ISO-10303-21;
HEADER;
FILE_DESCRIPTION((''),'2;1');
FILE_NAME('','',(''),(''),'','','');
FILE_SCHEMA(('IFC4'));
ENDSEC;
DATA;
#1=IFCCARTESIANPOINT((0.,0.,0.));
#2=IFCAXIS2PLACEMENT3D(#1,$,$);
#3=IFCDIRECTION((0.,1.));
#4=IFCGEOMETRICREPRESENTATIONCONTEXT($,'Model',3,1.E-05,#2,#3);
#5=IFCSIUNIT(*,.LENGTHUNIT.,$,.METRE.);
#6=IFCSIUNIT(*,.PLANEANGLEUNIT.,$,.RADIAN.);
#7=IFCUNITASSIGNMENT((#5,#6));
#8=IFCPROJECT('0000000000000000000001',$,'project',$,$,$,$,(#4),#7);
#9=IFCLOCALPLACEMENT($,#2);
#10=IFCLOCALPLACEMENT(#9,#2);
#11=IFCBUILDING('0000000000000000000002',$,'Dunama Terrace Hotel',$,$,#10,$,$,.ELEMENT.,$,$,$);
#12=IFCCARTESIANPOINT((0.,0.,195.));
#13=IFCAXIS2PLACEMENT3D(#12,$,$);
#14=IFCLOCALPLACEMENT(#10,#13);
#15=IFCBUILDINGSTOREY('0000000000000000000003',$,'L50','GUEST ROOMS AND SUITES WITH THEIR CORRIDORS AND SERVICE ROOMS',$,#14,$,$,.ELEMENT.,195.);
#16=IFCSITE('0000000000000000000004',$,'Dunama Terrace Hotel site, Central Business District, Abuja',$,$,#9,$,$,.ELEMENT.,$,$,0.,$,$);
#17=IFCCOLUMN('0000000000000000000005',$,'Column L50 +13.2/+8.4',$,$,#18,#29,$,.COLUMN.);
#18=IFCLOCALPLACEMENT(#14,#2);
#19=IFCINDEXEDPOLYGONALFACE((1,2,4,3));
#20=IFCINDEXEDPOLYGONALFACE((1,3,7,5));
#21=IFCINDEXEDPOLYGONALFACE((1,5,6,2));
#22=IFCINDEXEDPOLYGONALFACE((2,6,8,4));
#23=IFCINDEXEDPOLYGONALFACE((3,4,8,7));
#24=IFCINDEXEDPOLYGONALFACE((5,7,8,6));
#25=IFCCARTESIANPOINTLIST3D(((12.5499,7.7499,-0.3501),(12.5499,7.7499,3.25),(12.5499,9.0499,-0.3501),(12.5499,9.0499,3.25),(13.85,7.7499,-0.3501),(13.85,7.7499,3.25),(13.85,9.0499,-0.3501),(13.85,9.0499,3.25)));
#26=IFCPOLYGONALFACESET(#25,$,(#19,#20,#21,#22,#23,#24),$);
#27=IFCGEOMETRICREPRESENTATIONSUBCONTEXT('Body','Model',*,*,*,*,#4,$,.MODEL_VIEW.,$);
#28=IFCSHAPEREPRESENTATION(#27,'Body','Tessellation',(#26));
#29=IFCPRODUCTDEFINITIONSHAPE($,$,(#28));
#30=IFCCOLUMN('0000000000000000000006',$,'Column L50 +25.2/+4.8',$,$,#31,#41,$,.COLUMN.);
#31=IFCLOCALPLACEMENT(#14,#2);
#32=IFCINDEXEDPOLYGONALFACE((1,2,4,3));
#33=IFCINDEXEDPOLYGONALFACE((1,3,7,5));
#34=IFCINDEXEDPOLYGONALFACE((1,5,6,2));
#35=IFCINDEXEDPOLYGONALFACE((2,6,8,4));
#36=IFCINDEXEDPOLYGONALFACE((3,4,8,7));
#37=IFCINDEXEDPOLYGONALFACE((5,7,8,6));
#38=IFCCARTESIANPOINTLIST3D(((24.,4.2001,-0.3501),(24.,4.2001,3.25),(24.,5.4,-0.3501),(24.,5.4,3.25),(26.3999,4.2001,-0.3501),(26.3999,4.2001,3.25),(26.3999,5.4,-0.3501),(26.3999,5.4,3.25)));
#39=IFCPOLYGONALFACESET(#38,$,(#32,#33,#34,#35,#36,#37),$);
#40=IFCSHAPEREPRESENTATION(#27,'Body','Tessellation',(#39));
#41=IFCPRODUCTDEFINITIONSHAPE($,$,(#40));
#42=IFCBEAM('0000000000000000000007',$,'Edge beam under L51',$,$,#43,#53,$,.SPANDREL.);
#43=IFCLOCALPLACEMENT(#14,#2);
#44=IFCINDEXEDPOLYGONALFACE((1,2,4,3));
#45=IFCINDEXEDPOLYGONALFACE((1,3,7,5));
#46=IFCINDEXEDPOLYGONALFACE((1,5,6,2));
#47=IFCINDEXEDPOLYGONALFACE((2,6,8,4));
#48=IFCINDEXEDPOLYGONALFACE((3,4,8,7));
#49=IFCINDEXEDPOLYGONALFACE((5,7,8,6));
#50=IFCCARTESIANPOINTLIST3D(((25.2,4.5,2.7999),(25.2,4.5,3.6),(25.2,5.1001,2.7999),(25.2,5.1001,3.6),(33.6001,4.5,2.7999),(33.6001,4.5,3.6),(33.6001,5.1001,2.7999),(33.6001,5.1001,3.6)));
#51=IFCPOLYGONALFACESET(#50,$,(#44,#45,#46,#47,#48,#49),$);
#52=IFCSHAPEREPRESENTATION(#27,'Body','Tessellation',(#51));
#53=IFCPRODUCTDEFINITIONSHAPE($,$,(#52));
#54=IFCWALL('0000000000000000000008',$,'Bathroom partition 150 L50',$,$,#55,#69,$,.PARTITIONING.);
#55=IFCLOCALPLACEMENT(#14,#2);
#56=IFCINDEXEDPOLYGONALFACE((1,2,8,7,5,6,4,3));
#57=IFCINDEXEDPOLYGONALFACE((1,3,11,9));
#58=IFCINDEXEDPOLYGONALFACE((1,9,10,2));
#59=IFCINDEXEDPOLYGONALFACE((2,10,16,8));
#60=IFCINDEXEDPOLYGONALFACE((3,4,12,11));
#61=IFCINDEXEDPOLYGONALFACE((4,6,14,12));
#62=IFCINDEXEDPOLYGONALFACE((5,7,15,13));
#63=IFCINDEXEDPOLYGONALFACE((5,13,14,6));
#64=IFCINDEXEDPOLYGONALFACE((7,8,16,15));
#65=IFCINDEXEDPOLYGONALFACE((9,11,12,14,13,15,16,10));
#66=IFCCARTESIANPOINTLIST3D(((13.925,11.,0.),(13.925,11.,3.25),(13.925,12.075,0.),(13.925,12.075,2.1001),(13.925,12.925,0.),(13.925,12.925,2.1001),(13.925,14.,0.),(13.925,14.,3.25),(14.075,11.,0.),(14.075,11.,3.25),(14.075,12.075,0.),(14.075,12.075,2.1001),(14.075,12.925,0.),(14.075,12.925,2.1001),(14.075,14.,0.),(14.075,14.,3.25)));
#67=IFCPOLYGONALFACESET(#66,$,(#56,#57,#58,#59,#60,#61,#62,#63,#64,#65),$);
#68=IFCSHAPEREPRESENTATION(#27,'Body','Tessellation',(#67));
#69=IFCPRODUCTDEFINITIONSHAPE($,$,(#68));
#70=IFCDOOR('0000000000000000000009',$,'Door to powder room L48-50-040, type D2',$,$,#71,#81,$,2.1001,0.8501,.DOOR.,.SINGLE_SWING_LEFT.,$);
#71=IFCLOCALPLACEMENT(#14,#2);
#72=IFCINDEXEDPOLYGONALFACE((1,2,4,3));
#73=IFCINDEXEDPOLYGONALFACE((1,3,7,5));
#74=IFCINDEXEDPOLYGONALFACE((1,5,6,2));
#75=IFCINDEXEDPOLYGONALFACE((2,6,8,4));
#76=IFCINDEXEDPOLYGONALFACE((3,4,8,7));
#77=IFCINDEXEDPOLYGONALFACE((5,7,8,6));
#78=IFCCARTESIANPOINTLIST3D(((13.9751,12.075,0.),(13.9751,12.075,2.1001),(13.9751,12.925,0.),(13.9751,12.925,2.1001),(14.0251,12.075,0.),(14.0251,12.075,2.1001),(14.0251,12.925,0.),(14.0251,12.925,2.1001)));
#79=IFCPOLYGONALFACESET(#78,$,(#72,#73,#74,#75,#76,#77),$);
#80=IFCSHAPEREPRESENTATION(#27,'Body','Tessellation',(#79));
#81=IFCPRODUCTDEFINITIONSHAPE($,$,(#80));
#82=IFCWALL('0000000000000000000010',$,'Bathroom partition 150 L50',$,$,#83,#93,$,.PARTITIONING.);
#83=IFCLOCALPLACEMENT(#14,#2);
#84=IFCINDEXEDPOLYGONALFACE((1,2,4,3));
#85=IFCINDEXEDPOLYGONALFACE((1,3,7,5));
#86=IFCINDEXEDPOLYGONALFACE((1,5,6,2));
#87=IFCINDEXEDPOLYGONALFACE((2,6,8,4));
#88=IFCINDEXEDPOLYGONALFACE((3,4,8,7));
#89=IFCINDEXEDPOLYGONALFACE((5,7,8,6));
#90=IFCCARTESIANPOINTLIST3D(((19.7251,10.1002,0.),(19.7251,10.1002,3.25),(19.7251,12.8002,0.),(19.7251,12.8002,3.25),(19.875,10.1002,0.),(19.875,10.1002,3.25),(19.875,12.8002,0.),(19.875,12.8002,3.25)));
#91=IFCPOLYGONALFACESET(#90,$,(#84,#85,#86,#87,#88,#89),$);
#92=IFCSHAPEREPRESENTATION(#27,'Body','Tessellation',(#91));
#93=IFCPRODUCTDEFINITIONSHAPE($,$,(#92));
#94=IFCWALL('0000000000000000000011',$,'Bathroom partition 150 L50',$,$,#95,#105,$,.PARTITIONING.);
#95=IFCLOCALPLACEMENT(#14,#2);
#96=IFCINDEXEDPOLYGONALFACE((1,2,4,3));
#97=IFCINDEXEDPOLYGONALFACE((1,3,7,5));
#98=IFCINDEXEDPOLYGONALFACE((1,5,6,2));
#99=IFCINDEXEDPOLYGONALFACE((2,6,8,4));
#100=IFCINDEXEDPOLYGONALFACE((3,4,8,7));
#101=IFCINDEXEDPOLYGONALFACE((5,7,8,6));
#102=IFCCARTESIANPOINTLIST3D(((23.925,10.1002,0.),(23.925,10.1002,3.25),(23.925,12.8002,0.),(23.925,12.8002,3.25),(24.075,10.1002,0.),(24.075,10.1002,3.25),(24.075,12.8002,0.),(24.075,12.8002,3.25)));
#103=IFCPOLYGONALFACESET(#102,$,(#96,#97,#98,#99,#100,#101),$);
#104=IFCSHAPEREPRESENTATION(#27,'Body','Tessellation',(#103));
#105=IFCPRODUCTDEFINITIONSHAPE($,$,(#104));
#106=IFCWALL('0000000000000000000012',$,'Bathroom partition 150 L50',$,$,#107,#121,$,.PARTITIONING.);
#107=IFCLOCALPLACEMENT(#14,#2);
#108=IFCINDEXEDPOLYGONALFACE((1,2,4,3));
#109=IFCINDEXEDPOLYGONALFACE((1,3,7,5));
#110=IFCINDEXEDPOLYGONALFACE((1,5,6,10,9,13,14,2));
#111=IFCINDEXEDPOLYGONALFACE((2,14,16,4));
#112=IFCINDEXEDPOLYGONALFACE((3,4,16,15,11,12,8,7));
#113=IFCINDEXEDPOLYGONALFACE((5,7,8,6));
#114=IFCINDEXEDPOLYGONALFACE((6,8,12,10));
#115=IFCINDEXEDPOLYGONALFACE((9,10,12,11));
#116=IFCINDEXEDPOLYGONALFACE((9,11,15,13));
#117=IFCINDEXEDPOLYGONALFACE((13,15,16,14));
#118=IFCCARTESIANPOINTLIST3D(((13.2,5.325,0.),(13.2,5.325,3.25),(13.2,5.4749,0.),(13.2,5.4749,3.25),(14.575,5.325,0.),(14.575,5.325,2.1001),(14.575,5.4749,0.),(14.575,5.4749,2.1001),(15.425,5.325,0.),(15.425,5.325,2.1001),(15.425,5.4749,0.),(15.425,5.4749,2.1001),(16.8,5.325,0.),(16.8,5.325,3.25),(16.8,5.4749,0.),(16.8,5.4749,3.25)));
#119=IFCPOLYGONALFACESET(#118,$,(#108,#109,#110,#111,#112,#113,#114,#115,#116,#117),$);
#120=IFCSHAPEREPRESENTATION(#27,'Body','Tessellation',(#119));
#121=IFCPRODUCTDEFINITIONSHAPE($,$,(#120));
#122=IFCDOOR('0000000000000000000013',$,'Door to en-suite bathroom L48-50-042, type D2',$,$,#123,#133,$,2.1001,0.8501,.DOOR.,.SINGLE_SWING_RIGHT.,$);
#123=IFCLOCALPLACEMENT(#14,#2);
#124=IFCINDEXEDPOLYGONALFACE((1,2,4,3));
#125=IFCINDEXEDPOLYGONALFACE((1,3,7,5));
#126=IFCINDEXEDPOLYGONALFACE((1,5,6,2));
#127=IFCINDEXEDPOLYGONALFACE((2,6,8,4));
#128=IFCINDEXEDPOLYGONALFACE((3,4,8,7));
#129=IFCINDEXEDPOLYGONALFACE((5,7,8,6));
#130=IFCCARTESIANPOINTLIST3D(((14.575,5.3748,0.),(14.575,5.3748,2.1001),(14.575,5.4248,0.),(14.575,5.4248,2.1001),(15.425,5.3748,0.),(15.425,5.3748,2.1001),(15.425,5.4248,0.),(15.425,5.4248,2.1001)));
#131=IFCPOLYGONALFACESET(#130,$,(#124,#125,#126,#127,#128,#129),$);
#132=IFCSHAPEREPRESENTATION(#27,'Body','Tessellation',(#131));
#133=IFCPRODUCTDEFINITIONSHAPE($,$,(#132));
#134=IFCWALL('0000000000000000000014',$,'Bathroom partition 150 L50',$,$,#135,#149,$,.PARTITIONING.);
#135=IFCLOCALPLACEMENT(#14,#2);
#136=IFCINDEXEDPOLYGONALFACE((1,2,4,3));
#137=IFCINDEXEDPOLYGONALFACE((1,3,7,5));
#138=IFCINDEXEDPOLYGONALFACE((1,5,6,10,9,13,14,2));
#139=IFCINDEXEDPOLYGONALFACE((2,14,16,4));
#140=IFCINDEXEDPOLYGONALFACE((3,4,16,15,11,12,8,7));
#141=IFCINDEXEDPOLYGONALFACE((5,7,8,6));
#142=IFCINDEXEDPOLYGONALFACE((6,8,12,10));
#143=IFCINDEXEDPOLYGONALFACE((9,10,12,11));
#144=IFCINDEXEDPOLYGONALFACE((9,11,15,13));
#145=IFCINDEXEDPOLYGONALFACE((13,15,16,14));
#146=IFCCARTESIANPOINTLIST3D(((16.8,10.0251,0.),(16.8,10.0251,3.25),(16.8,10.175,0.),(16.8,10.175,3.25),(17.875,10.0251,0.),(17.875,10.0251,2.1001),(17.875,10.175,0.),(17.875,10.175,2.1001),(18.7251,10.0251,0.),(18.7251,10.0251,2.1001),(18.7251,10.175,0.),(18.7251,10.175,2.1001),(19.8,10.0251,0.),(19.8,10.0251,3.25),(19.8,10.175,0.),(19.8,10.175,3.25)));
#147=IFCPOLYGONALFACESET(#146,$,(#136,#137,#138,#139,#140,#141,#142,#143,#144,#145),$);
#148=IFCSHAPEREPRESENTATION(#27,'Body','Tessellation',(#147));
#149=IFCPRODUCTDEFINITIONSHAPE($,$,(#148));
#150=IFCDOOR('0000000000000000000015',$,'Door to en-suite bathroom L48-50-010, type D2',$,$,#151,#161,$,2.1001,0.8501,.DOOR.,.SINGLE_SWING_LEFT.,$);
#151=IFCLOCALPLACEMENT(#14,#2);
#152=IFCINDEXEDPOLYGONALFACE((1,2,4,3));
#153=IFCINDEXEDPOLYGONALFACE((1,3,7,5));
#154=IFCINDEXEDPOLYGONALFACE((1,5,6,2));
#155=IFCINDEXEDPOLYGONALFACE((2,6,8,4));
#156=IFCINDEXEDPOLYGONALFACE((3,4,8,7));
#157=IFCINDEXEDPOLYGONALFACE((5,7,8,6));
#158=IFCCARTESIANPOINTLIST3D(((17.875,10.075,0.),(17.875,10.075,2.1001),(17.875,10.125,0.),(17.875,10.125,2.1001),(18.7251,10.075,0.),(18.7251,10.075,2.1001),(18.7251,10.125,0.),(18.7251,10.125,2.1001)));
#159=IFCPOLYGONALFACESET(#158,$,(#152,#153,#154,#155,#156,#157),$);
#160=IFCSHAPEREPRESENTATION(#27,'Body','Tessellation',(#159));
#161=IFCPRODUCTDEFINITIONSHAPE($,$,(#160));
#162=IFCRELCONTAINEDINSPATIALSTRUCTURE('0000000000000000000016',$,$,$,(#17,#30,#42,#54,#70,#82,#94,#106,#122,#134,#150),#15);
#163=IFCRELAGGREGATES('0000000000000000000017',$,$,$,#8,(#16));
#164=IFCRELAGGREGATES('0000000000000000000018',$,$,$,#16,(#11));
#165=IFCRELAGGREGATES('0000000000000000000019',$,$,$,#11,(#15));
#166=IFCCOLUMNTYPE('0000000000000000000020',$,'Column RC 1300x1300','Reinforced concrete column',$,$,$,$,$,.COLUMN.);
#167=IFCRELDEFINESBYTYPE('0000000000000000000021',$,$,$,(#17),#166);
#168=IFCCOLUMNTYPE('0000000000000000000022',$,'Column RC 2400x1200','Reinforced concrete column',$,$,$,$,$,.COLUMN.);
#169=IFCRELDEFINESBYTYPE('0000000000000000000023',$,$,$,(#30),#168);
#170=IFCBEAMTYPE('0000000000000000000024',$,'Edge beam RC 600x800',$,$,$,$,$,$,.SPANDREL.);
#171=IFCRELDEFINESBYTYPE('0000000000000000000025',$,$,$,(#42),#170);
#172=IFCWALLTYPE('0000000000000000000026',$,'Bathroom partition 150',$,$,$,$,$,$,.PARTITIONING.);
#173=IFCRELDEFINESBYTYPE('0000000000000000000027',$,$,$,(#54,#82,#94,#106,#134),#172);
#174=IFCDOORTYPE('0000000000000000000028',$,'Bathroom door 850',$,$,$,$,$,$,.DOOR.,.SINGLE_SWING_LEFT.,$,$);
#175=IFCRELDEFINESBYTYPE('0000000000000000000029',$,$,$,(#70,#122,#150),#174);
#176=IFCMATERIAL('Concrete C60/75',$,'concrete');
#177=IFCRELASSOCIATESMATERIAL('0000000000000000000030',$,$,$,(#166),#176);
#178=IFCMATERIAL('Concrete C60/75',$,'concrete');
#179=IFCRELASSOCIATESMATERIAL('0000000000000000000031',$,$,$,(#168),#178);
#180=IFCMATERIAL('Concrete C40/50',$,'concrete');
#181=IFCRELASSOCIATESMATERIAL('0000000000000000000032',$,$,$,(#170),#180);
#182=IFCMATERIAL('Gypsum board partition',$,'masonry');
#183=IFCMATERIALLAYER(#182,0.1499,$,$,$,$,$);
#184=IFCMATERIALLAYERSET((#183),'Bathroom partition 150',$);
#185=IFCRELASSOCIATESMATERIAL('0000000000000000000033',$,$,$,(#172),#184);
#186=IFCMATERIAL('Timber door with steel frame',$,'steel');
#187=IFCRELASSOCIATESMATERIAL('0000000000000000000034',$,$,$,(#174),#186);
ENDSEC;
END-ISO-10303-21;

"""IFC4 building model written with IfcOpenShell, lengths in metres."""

from ifc_helpers import new_model, si_unit, direction, frame, frame_2d, origin, origin_2d, place, context, subcontext, project, spatial, rectangle, extrude, material, layer, layer_set, material_profile, profile_set, type_object, element, fill, save


model = new_model("IFC4")

# Units and contexts
model_context = context("Model", 3, precision=1e-05, world=origin(), true_north=direction((0.0, 1.0)))
body_context = subcontext(model_context, "Body", "Model", "MODEL_VIEW")
ifc_project = project(units=[si_unit("LENGTHUNIT", "METRE"), si_unit("PLANEANGLEUNIT", "RADIAN")], contexts=[model_context])

# Site, building, storey
site_placement = place(None, origin())
site = spatial("IfcSite", under=ifc_project, at=site_placement, Name="Dunama Terrace Hotel site, Central Business District, Abuja", CompositionType="ELEMENT", RefElevation=0.0)
building_placement = place(site_placement, origin())
building = spatial("IfcBuilding", under=site, at=building_placement, Name="Dunama Terrace Hotel", CompositionType="ELEMENT")
storey_placement = place(building_placement, frame((0.0, 0.0, 195.0)))
storey = spatial("IfcBuildingStorey", under=building, at=storey_placement, Name="L50", Description="GUEST ROOMS AND SUITES WITH THEIR CORRIDORS AND SERVICE ROOMS", CompositionType="ELEMENT", Elevation=195.0)

# Columns
ifc_material_1 = material(Name="Concrete C60/75", Category="concrete")
ifc_material_profile_1 = material_profile(ifc_material_1, rectangle(XDim=1.3, YDim=1.3, at=origin_2d()), Name="RC 1300x1300")
ifc_profile_set_1 = profile_set([ifc_material_profile_1], Name="Concrete C60/75")
column_type_1 = type_object("IfcColumnType", Name="Column RC 1300x1300", Description="Reinforced concrete column", PredefinedType="COLUMN", material=ifc_profile_set_1)
column_1_placement = place(storey_placement, frame((13.2, 8.3999, -0.3501), z_axis=(0.0, 0.0, 1.0), x_axis=(1.0, 0.0, 0.0)))
element("IfcColumn", 1, at=column_1_placement, inside=storey, type_object=column_type_1, Name="Column L50 +13.2/+8.4", PredefinedType="COLUMN", context=body_context, shape_type="SweptSolid", body=[
    extrude(rectangle(XDim=1.3, YDim=1.3, at=origin_2d()), origin(), (0.0, 0.0, 1.0), 3.6001),
])
ifc_material_2 = material(Name="Concrete C60/75", Category="concrete")
ifc_material_profile_2 = material_profile(ifc_material_2, rectangle(XDim=2.3999, YDim=1.2, at=origin_2d()), Name="RC 2400x1200")
ifc_profile_set_2 = profile_set([ifc_material_profile_2], Name="Concrete C60/75")
column_type_2 = type_object("IfcColumnType", Name="Column RC 2400x1200", Description="Reinforced concrete column", PredefinedType="COLUMN", material=ifc_profile_set_2)
column_2_placement = place(storey_placement, frame((25.2, 4.8, -0.3501), z_axis=(0.0, 0.0, 1.0), x_axis=(1.0, 0.0, 0.0)))
element("IfcColumn", 2, at=column_2_placement, inside=storey, type_object=column_type_2, Name="Column L50 +25.2/+4.8", PredefinedType="COLUMN", context=body_context, shape_type="SweptSolid", body=[
    extrude(rectangle(XDim=2.3999, YDim=1.2, at=origin_2d()), origin(), (0.0, 0.0, 1.0), 3.6001),
])

# Beam
ifc_material_3 = material(Name="Concrete C40/50", Category="concrete")
ifc_material_profile_3 = material_profile(ifc_material_3, rectangle(XDim=0.6001, YDim=0.8, at=origin_2d()), Name="RC 600x800")
ifc_profile_set_3 = profile_set([ifc_material_profile_3], Name="Concrete C40/50")
beam_type = type_object("IfcBeamType", Name="Edge beam RC 600x800", PredefinedType="SPANDREL", material=ifc_profile_set_3)
beam_placement = place(storey_placement, frame((25.2, 4.8, 3.2), z_axis=(1.0, 0.0, 0.0), x_axis=(0.0, 1.0, 0.0)))
element("IfcBeam", 3, at=beam_placement, inside=storey, type_object=beam_type, Name="Edge beam under L51", PredefinedType="SPANDREL", context=body_context, shape_type="SweptSolid", body=[
    extrude(rectangle(XDim=0.6001, YDim=0.8, at=origin_2d()), origin(), (0.0, 0.0, 1.0), 8.4001),
])

# Wall, opening, door
ifc_material_4 = material(Name="Gypsum board partition", Category="masonry")
ifc_layer_1 = layer(ifc_material_4, 0.1499)
ifc_layer_set_1 = layer_set([ifc_layer_1], Name="Bathroom partition 150")
wall_type_1 = type_object("IfcWallType", Name="Bathroom partition 150", PredefinedType="PARTITIONING", material=ifc_layer_set_1)
wall_1_placement = place(storey_placement, frame((14.0, 11.0, 0.0), z_axis=(0.0, 0.0, 1.0), x_axis=(0.0, 1.0, 0.0)))
wall_1 = element("IfcWall", 4, at=wall_1_placement, inside=storey, type_object=wall_type_1, Name="Bathroom partition 150 L50", PredefinedType="PARTITIONING", context=body_context, shape_type="SweptSolid", body=[
    extrude(rectangle(XDim=3.0, YDim=0.1499, at=frame_2d((1.5, 0.0))), origin(), (0.0, 0.0, 1.0), 3.25),
])
opening_1_placement = place(wall_1_placement, frame((1.075, 0.0, 0.0)))
opening_1 = element("IfcOpeningElement", 5, at=opening_1_placement, cuts=wall_1, PredefinedType="OPENING", context=body_context, shape_type="SweptSolid", body=[
    extrude(rectangle(XDim=0.8501, YDim=2.1001, at=frame_2d((0.425, 1.05))), frame((0.0, 0.085, 0.0), z_axis=(0.0, -1.0, 0.0), x_axis=(1.0, 0.0, 0.0)), (0.0, 0.0, 1.0), 0.1699),
])
ifc_material_5 = material(Name="Timber door with steel frame", Category="steel")
door_type = type_object("IfcDoorType", Name="Bathroom door 850", OperationType="SINGLE_SWING_LEFT", PredefinedType="DOOR", material=ifc_material_5)
door_1_placement = place(opening_1_placement, frame((0.8501, 0.0, 0.0), z_axis=(0.0, 0.0, 1.0), x_axis=(-1.0, 0.0, 0.0)))
door_1 = element("IfcDoor", 6, at=door_1_placement, inside=storey, type_object=door_type, Name="Door to powder room L48-50-040, type D2", OperationType="SINGLE_SWING_LEFT", OverallHeight=2.1001, OverallWidth=0.8501, PredefinedType="DOOR", context=body_context, shape_type="SweptSolid", body=[
    extrude(rectangle(XDim=0.8501, YDim=2.1001, at=frame_2d((0.425, 1.05))), frame((0.0, 0.0251, 0.0), z_axis=(0.0, -1.0, 0.0), x_axis=(1.0, 0.0, 0.0)), (0.0, 0.0, 1.0), 0.05),
])
fill(opening_1, door_1)

# Walls
for number, where, z_axis, x_axis, name in (
    (7, (19.8, 10.1001, 0.0), (0.0, 0.0, 1.0), (0.0, 1.0, 0.0), "Bathroom partition 150 L50"),
    (8, (24.0, 10.1001, 0.0), (0.0, 0.0, 1.0), (0.0, 1.0, 0.0), "Bathroom partition 150 L50"),
):
    element("IfcWall", number, at=place(storey_placement, frame(where, z_axis=z_axis, x_axis=x_axis)), inside=storey, type_object=wall_type_1, Name=name, PredefinedType="PARTITIONING", context=body_context, shape_type="SweptSolid", body=[
        extrude(rectangle(XDim=2.7, YDim=0.1499, at=frame_2d((1.3501, 0.0))), origin(), (0.0, 0.0, 1.0), 3.25),
    ])

# Walls, openings, doors
wall_2_placement = place(storey_placement, frame((13.2, 5.3999, 0.0), z_axis=(0.0, 0.0, 1.0), x_axis=(1.0, 0.0, 0.0)))
wall_2 = element("IfcWall", 9, at=wall_2_placement, inside=storey, type_object=wall_type_1, Name="Bathroom partition 150 L50", PredefinedType="PARTITIONING", context=body_context, shape_type="SweptSolid", body=[
    extrude(rectangle(XDim=3.6001, YDim=0.1499, at=frame_2d((1.8, 0.0))), origin(), (0.0, 0.0, 1.0), 3.25),
])
opening_2_placement = place(wall_2_placement, frame((1.375, 0.0, 0.0)))
opening_2 = element("IfcOpeningElement", 10, at=opening_2_placement, cuts=wall_2, PredefinedType="OPENING", context=body_context, shape_type="SweptSolid", body=[
    extrude(rectangle(XDim=0.8501, YDim=2.1001, at=frame_2d((0.425, 1.05))), frame((0.0, 0.085, 0.0), z_axis=(0.0, -1.0, 0.0), x_axis=(1.0, 0.0, 0.0)), (0.0, 0.0, 1.0), 0.1699),
])
door_2_placement = place(opening_2_placement, origin())
door_2 = element("IfcDoor", 11, at=door_2_placement, inside=storey, type_object=door_type, Name="Door to en-suite bathroom L48-50-042, type D2", OperationType="SINGLE_SWING_RIGHT", OverallHeight=2.1001, OverallWidth=0.8501, PredefinedType="DOOR", context=body_context, shape_type="SweptSolid", body=[
    extrude(rectangle(XDim=0.8501, YDim=2.1001, at=frame_2d((0.425, 1.05))), frame((0.0, 0.0249, 0.0), z_axis=(0.0, -1.0, 0.0), x_axis=(1.0, 0.0, 0.0)), (0.0, 0.0, 1.0), 0.05),
])
fill(opening_2, door_2)
wall_3_placement = place(storey_placement, frame((16.8, 10.1001, 0.0), z_axis=(0.0, 0.0, 1.0), x_axis=(1.0, 0.0, 0.0)))
wall_3 = element("IfcWall", 12, at=wall_3_placement, inside=storey, type_object=wall_type_1, Name="Bathroom partition 150 L50", PredefinedType="PARTITIONING", context=body_context, shape_type="SweptSolid", body=[
    extrude(rectangle(XDim=3.0, YDim=0.1499, at=frame_2d((1.5, 0.0))), origin(), (0.0, 0.0, 1.0), 3.25),
])
opening_3_placement = place(wall_3_placement, frame((1.075, 0.0, 0.0)))
opening_3 = element("IfcOpeningElement", 13, at=opening_3_placement, cuts=wall_3, PredefinedType="OPENING", context=body_context, shape_type="SweptSolid", body=[
    extrude(rectangle(XDim=0.8501, YDim=2.1001, at=frame_2d((0.425, 1.05))), frame((0.0, 0.085, 0.0), z_axis=(0.0, -1.0, 0.0), x_axis=(1.0, 0.0, 0.0)), (0.0, 0.0, 1.0), 0.1699),
])
door_3_placement = place(opening_3_placement, origin())
door_3 = element("IfcDoor", 14, at=door_3_placement, inside=storey, type_object=door_type, Name="Door to en-suite bathroom L48-50-010, type D2", OperationType="SINGLE_SWING_LEFT", OverallHeight=2.1001, OverallWidth=0.8501, PredefinedType="DOOR", context=body_context, shape_type="SweptSolid", body=[
    extrude(rectangle(XDim=0.8501, YDim=2.1001, at=frame_2d((0.425, 1.05))), frame((0.0, 0.0249, 0.0), z_axis=(0.0, -1.0, 0.0), x_axis=(1.0, 0.0, 0.0)), (0.0, 0.0, 1.0), 0.05),
])
fill(opening_3, door_3)

save(model, "model.ifc")
